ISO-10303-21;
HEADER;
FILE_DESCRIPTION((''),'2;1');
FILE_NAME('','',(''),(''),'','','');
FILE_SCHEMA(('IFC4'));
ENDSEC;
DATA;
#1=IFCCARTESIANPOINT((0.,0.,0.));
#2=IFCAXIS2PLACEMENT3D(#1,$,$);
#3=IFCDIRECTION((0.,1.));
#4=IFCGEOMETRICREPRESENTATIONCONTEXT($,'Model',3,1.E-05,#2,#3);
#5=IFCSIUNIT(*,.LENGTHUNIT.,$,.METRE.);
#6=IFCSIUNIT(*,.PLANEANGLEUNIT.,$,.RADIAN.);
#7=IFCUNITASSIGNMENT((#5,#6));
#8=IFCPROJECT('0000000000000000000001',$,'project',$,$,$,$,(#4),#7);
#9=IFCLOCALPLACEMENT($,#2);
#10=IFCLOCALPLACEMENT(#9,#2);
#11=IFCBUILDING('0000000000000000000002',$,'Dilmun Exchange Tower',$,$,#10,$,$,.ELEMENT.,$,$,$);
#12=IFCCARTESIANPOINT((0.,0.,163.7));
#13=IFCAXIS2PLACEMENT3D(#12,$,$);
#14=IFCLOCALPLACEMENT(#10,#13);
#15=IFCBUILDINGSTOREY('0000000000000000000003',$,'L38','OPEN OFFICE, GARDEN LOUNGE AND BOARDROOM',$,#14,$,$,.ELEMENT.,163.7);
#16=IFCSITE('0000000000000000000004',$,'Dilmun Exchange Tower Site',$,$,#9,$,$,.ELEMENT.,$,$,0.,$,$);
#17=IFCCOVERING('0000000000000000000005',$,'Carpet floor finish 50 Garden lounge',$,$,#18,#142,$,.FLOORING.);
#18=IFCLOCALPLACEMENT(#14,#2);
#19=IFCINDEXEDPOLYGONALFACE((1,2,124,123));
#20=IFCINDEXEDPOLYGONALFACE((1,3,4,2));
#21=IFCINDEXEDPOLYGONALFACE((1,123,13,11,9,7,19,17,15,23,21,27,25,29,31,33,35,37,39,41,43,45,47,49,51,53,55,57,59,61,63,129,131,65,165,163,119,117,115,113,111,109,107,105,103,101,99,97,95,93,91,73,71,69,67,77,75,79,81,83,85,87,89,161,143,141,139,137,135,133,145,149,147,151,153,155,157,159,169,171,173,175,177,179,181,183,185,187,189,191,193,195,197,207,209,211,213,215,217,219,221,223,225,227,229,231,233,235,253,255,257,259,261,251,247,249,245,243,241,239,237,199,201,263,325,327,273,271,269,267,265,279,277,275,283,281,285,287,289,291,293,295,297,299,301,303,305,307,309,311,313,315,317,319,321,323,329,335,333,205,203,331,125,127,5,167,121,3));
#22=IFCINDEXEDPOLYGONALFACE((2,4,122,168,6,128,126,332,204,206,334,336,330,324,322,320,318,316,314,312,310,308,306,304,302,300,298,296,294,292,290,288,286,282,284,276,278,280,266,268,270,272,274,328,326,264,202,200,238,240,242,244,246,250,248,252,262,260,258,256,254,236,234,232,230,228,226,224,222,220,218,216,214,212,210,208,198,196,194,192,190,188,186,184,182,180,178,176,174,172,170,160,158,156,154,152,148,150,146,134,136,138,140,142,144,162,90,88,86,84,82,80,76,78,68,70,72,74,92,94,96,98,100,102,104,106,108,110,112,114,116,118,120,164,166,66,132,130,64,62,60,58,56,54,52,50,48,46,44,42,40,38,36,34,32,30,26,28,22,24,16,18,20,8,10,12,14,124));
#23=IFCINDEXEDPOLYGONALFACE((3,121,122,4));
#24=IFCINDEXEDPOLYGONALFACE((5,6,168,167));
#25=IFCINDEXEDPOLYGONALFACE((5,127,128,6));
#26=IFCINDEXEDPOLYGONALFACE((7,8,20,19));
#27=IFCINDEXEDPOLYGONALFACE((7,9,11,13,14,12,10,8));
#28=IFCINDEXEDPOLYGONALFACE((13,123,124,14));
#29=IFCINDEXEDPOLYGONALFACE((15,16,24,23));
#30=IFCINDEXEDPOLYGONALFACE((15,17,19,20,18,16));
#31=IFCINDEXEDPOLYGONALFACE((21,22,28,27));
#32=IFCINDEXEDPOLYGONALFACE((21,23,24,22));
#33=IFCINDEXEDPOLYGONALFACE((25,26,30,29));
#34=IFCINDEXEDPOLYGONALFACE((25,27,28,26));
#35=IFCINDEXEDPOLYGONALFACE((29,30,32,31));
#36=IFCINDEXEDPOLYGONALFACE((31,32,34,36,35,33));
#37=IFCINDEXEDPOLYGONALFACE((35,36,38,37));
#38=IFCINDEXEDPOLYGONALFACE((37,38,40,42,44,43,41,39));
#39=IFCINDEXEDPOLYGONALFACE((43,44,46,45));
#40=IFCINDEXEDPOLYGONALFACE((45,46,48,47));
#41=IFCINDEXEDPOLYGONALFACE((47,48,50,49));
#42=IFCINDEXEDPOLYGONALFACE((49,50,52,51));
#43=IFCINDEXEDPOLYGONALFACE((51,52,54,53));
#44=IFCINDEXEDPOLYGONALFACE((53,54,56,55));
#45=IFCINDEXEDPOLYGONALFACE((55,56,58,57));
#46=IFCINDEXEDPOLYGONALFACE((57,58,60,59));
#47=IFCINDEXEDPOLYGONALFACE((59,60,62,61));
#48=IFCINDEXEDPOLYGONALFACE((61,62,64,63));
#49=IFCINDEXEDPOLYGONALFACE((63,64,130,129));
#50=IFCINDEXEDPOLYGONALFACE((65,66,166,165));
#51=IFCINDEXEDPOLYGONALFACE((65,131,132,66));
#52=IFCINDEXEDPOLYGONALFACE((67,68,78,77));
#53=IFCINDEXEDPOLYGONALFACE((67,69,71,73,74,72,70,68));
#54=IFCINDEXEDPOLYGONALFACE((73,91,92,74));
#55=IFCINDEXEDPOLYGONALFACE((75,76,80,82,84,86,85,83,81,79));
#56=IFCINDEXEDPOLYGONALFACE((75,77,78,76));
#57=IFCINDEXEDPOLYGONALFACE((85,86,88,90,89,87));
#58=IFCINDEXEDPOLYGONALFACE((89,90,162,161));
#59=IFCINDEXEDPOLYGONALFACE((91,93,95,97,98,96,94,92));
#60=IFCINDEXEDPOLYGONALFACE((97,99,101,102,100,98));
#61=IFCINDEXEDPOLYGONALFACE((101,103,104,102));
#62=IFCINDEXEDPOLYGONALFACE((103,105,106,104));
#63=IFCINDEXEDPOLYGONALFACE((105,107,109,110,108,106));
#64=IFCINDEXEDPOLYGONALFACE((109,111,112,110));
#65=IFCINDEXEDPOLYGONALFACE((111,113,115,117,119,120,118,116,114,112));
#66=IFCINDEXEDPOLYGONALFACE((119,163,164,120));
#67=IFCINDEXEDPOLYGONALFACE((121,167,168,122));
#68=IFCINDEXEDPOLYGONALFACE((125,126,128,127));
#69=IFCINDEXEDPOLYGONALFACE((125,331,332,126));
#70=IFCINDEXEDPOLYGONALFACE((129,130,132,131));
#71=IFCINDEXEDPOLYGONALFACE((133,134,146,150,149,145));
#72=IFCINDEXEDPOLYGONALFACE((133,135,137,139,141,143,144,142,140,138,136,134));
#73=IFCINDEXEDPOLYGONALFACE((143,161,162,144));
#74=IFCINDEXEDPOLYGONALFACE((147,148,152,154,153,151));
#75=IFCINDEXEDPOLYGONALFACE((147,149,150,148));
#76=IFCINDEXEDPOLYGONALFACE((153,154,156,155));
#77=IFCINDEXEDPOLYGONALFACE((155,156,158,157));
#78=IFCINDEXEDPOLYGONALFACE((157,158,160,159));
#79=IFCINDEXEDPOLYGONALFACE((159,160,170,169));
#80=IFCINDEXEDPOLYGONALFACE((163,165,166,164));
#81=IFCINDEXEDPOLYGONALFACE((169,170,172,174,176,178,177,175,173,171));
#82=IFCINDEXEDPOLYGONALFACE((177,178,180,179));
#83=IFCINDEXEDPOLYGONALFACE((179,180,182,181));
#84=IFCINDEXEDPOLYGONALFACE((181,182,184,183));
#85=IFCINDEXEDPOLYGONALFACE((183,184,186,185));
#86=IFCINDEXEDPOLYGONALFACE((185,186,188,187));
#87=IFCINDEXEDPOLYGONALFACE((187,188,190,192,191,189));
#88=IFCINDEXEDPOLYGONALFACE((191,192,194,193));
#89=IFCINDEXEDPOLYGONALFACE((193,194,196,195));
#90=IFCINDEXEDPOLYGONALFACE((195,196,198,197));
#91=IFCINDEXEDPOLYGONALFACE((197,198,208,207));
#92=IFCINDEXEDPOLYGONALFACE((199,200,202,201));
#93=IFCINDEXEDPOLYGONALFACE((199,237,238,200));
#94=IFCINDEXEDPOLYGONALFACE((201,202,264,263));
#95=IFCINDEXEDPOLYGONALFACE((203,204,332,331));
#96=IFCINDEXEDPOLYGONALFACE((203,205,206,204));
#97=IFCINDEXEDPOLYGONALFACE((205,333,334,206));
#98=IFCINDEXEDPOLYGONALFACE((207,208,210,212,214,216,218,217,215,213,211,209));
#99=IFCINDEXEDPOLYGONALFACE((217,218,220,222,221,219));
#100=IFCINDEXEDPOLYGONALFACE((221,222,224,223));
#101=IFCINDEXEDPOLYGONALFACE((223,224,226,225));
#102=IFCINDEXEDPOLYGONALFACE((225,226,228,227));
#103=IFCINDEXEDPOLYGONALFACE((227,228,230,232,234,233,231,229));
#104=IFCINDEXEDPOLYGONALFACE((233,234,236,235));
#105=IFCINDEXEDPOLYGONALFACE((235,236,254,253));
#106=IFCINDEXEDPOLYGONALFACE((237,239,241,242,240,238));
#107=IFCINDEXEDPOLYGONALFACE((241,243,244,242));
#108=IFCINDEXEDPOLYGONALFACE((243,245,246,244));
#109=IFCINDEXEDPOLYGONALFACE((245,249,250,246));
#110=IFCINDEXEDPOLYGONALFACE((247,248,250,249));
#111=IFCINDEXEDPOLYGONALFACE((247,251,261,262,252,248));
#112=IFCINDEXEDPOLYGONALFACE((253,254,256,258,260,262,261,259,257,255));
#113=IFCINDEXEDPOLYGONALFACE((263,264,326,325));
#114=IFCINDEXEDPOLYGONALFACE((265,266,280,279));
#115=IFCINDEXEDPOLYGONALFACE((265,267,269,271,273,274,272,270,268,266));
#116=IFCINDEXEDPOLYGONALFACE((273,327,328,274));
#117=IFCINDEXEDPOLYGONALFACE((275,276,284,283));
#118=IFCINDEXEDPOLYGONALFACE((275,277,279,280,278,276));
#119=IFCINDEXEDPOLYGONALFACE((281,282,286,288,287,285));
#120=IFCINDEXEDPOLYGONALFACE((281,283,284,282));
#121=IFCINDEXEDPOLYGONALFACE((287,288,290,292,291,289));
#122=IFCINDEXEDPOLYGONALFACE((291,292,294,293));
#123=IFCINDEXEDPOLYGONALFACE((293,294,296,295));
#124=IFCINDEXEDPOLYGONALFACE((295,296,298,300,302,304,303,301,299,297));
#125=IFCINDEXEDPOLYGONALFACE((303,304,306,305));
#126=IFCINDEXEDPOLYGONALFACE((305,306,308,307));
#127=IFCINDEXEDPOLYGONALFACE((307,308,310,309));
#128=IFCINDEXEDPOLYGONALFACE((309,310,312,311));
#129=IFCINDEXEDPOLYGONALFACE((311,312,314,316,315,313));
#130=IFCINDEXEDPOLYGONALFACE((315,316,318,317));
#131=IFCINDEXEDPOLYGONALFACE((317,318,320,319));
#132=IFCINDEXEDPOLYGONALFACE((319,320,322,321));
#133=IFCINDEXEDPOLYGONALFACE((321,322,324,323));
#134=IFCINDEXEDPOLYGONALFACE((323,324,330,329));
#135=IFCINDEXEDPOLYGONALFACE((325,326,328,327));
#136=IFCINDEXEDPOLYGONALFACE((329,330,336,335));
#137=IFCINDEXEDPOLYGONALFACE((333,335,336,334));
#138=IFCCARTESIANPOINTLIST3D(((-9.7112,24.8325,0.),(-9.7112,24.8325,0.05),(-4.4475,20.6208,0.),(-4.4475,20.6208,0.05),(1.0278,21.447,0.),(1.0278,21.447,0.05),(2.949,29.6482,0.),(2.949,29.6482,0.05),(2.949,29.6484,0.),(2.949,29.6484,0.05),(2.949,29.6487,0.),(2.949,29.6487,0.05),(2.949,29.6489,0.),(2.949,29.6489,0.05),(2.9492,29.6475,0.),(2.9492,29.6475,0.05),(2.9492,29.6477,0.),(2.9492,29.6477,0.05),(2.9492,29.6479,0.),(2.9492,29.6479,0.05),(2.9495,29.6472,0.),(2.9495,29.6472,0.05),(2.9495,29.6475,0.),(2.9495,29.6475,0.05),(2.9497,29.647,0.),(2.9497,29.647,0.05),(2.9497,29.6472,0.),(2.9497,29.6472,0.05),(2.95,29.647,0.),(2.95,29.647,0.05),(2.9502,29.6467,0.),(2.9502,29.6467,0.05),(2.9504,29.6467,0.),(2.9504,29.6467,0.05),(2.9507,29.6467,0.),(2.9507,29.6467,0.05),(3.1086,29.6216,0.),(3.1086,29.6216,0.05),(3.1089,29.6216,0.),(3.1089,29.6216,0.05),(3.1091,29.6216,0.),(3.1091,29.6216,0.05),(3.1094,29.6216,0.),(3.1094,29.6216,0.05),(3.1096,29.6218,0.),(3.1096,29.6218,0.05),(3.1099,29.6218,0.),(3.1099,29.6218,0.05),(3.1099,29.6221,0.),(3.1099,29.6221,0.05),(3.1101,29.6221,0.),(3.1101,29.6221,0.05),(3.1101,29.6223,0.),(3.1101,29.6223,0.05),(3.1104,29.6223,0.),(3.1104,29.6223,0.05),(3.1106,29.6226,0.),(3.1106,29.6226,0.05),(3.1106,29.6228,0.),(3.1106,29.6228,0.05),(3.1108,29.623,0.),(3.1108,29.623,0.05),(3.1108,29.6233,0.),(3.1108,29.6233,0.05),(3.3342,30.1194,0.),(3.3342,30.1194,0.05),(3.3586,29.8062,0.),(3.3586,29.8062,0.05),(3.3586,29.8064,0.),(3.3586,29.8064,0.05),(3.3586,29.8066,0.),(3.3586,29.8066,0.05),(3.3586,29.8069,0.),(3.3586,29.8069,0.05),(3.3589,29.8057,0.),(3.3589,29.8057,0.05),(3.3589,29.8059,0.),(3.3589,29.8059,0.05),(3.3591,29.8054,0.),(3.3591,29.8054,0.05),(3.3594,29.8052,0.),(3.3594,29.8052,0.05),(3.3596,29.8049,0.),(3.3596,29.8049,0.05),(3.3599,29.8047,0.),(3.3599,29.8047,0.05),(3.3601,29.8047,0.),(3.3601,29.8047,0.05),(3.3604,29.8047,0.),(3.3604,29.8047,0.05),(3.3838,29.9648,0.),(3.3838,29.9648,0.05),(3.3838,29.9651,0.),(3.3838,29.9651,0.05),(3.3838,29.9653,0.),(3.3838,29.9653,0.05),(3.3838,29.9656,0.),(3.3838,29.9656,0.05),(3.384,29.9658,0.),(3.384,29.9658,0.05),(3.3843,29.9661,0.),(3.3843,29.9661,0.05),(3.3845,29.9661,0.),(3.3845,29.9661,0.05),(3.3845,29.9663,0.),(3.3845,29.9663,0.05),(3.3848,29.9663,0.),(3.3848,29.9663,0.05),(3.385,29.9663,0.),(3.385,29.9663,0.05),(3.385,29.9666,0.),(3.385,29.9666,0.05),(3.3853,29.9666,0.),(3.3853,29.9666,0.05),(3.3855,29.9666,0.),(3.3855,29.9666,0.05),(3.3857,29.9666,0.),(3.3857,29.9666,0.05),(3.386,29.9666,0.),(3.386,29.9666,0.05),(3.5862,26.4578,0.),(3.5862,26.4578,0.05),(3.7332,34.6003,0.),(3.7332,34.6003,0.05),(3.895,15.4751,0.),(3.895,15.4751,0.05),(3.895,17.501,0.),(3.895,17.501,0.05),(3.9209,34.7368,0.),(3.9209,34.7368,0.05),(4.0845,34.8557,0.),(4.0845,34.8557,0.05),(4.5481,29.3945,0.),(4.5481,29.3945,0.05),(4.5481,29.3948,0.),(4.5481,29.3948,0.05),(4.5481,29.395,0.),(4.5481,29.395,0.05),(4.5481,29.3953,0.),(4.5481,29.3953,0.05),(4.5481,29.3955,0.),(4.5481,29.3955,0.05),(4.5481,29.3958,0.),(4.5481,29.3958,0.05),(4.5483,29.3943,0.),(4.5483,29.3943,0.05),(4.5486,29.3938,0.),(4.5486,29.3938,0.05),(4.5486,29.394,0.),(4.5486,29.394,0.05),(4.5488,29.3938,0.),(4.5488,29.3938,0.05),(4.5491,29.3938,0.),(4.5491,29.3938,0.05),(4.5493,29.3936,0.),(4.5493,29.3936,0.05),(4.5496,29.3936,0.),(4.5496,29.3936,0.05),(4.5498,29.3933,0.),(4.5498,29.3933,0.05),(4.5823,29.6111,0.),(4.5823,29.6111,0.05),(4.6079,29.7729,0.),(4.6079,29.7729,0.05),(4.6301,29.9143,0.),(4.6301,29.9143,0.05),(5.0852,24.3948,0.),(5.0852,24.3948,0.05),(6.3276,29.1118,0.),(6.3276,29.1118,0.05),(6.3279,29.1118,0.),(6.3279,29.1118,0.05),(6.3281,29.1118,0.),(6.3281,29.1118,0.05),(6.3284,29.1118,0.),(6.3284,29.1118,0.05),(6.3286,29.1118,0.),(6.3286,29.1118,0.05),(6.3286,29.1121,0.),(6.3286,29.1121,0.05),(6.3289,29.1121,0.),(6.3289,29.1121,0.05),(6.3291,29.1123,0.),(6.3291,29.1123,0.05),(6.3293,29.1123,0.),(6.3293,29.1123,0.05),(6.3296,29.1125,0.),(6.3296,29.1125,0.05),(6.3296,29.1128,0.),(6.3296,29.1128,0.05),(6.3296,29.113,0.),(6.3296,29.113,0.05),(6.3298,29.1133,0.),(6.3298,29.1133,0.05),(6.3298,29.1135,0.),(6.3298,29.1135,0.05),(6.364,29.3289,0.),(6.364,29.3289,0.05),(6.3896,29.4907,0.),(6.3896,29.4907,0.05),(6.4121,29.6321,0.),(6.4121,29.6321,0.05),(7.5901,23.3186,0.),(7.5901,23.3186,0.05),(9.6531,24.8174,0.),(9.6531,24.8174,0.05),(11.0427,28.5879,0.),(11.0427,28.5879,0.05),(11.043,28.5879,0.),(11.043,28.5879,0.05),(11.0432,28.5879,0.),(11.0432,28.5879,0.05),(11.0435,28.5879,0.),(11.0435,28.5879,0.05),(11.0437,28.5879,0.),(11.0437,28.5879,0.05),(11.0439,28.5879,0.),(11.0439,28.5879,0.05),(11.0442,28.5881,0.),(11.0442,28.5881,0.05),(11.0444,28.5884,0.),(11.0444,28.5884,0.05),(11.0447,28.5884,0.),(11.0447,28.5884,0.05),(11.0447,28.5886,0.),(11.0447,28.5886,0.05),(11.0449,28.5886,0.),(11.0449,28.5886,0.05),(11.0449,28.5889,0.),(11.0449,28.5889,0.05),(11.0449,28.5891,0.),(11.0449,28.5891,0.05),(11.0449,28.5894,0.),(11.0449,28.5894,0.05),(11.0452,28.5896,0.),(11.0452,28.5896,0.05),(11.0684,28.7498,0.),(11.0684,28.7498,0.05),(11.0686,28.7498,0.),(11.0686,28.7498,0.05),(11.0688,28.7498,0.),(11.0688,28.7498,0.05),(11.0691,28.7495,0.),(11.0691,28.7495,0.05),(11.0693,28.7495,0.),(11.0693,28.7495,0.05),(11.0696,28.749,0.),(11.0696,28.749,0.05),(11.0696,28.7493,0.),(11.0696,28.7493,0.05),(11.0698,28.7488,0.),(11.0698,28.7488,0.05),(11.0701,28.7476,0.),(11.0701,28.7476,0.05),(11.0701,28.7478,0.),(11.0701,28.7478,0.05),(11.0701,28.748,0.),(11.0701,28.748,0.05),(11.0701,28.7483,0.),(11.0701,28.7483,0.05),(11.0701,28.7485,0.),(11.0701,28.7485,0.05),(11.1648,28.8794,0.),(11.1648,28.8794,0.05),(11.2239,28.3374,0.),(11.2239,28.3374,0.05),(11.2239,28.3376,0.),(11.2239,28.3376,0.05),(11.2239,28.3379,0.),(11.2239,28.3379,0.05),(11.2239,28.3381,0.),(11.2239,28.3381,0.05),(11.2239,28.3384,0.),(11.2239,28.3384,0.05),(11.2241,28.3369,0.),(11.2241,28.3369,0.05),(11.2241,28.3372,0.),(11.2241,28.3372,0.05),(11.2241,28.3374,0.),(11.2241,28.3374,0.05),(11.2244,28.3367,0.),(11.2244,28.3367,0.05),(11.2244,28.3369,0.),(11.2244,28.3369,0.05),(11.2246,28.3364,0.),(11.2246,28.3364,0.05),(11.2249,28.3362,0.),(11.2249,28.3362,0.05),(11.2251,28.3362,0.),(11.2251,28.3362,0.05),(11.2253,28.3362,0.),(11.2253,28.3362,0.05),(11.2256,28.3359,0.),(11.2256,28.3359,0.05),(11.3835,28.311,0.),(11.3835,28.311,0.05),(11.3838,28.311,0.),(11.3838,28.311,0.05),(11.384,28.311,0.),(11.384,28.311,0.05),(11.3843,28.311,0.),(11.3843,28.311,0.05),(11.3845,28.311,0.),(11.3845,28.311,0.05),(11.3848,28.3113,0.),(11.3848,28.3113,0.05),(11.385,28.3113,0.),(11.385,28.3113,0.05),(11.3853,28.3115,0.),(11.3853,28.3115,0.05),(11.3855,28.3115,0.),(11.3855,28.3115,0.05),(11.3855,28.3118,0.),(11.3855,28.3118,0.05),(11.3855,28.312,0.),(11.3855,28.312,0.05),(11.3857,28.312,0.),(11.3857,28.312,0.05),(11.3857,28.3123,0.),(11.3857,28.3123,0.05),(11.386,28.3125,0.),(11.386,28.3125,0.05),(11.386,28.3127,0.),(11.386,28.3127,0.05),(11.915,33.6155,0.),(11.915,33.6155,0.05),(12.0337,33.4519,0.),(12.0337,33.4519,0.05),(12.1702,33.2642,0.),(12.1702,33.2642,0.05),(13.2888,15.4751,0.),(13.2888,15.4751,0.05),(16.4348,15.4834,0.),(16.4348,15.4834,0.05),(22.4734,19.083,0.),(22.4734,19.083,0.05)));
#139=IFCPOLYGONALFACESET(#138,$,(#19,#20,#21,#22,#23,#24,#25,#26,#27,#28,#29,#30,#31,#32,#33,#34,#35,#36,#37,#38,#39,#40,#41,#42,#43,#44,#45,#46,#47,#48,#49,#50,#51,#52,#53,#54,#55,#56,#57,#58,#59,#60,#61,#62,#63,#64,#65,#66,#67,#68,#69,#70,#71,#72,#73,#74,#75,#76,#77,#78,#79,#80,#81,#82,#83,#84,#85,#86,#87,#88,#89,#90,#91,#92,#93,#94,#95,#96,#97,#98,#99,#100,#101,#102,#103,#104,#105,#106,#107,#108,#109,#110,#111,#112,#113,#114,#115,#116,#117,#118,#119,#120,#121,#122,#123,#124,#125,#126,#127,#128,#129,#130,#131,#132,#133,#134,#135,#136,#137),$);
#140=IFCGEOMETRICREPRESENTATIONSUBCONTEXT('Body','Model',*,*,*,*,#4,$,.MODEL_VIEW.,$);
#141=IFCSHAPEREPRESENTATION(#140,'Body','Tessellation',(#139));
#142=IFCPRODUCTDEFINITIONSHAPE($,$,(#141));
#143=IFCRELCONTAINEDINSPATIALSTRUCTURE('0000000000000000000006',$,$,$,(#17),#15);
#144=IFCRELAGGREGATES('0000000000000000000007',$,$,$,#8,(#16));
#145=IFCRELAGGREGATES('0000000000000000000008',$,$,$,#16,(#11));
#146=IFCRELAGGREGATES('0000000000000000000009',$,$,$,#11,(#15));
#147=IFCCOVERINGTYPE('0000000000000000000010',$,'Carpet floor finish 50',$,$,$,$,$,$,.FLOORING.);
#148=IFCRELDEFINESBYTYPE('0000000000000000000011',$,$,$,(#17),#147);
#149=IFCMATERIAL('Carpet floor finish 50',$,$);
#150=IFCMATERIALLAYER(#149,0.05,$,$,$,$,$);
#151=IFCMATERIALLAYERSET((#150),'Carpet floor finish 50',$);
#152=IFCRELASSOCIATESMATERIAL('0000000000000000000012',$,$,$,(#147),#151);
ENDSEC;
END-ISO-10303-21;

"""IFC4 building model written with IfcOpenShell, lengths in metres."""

from ifc_helpers import new_model, si_unit, direction, frame, origin, place, context, subcontext, project, spatial, polyline, outline, extrude, material, layer, layer_set, type_object, element, save


model = new_model("IFC4")

# Units and contexts
model_context = context("Model", 3, precision=1e-05, world=origin(), true_north=direction((0.0, 1.0)))
body_context = subcontext(model_context, "Body", "Model", "MODEL_VIEW")
ifc_project = project(units=[si_unit("LENGTHUNIT", "METRE"), si_unit("PLANEANGLEUNIT", "RADIAN")], contexts=[model_context])

# Site, building, storey
site_placement = place(None, origin())
site = spatial("IfcSite", under=ifc_project, at=site_placement, Name="Dilmun Exchange Tower Site", CompositionType="ELEMENT", RefElevation=0.0)
building_placement = place(site_placement, origin())
building = spatial("IfcBuilding", under=site, at=building_placement, Name="Dilmun Exchange Tower", CompositionType="ELEMENT")
storey_placement = place(building_placement, frame((0.0, 0.0, 163.7)))
storey = spatial("IfcBuildingStorey", under=building, at=storey_placement, Name="L38", Description="OPEN OFFICE, GARDEN LOUNGE AND BOARDROOM", CompositionType="ELEMENT", Elevation=163.7)

# Covering
ifc_material_1 = material(Name="Carpet floor finish 50")
ifc_layer_1 = layer(ifc_material_1, 0.05)
ifc_layer_set_1 = layer_set([ifc_layer_1], Name="Carpet floor finish 50")
covering_type_1 = type_object("IfcCoveringType", Name="Carpet floor finish 50", PredefinedType="FLOORING", material=ifc_layer_set_1)
covering_1_placement = place(storey_placement, origin())
element("IfcCovering", 1, at=covering_1_placement, inside=storey, type_object=covering_type_1, Name="Carpet floor finish 50 Garden lounge", PredefinedType="FLOORING", context=body_context, shape_type="SweptSolid", body=[
    extrude(outline(polyline([(-9.7112, 24.8325), (3.7332, 34.6003), (2.949, 29.6489), (2.949, 29.6487), (2.949, 29.6487), (2.949, 29.6484), (2.949, 29.6482), (2.949, 29.6482), (2.9492, 29.6479), (2.9492, 29.6477), (2.9492, 29.6475), (2.9495, 29.6475), (2.9495, 29.6472), (2.9497, 29.6472), (2.9497, 29.647), (2.95, 29.647), (2.9502, 29.6467), (2.9504, 29.6467), (2.9507, 29.6467), (3.1086, 29.6216), (3.1089, 29.6216), (3.1089, 29.6216), (3.1091, 29.6216), (3.1094, 29.6216), (3.1096, 29.6218), (3.1099, 29.6218), (3.1099, 29.6221), (3.1101, 29.6221), (3.1101, 29.6223), (3.1104, 29.6223), (3.1106, 29.6226), (3.1106, 29.6226), (3.1106, 29.6228), (3.1108, 29.623), (3.1108, 29.6233), (3.1108, 29.6233), (3.9209, 34.7368), (4.0845, 34.8557), (3.3342, 30.1194), (4.6301, 29.9143), (4.6079, 29.7729), (3.386, 29.9666), (3.3857, 29.9666), (3.3855, 29.9666), (3.3855, 29.9666), (3.3853, 29.9666), (3.385, 29.9666), (3.385, 29.9663), (3.3848, 29.9663), (3.3845, 29.9663), (3.3845, 29.9661), (3.3843, 29.9661), (3.384, 29.9658), (3.384, 29.9658), (3.3838, 29.9656), (3.3838, 29.9653), (3.3838, 29.9651), (3.3838, 29.9648), (3.3586, 29.8069), (3.3586, 29.8066), (3.3586, 29.8064), (3.3586, 29.8064), (3.3586, 29.8062), (3.3589, 29.8059), (3.3589, 29.8057), (3.3589, 29.8057), (3.3591, 29.8054), (3.3591, 29.8054), (3.3594, 29.8052), (3.3596, 29.8049), (3.3596, 29.8049), (3.3599, 29.8047), (3.3601, 29.8047), (3.3601, 29.8047), (3.3604, 29.8047), (4.5823, 29.6111), (4.5481, 29.3958), (4.5481, 29.3955), (4.5481, 29.3953), (4.5481, 29.395), (4.5481, 29.395), (4.5481, 29.3948), (4.5481, 29.3945), (4.5483, 29.3943), (4.5483, 29.3943), (4.5486, 29.394), (4.5486, 29.3938), (4.5488, 29.3938), (4.5491, 29.3938), (4.5493, 29.3936), (4.5493, 29.3936), (4.5496, 29.3936), (4.5498, 29.3933), (6.3276, 29.1118), (6.3276, 29.1118), (6.3279, 29.1118), (6.3281, 29.1118), (6.3284, 29.1118), (6.3286, 29.1118), (6.3286, 29.1121), (6.3289, 29.1121), (6.3291, 29.1123), (6.3291, 29.1123), (6.3293, 29.1123), (6.3296, 29.1125), (6.3296, 29.1128), (6.3296, 29.1128), (6.3296, 29.113), (6.3298, 29.1133), (6.3298, 29.1135), (6.364, 29.3289), (11.0427, 28.5879), (11.043, 28.5879), (11.0432, 28.5879), (11.0435, 28.5879), (11.0437, 28.5879), (11.0437, 28.5879), (11.0439, 28.5879), (11.0442, 28.5881), (11.0442, 28.5881), (11.0444, 28.5884), (11.0447, 28.5884), (11.0447, 28.5886), (11.0449, 28.5886), (11.0449, 28.5889), (11.0449, 28.5891), (11.0449, 28.5894), (11.0452, 28.5896), (11.0701, 28.7476), (11.0701, 28.7478), (11.0701, 28.7478), (11.0701, 28.748), (11.0701, 28.7483), (11.0701, 28.7485), (11.0698, 28.7488), (11.0698, 28.7488), (11.0696, 28.749), (11.0696, 28.749), (11.0696, 28.7493), (11.0693, 28.7495), (11.0691, 28.7495), (11.0691, 28.7495), (11.0688, 28.7498), (11.0686, 28.7498), (11.0684, 28.7498), (6.3896, 29.4907), (6.4121, 29.6321), (11.1648, 28.8794), (11.915, 33.6155), (12.0337, 33.4519), (11.2239, 28.3384), (11.2239, 28.3381), (11.2239, 28.3379), (11.2239, 28.3376), (11.2239, 28.3374), (11.2241, 28.3374), (11.2241, 28.3372), (11.2241, 28.3369), (11.2244, 28.3369), (11.2244, 28.3367), (11.2246, 28.3364), (11.2246, 28.3364), (11.2249, 28.3362), (11.2251, 28.3362), (11.2251, 28.3362), (11.2253, 28.3362), (11.2256, 28.3359), (11.3835, 28.311), (11.3838, 28.311), (11.384, 28.311), (11.3843, 28.311), (11.3845, 28.311), (11.3845, 28.311), (11.3848, 28.3113), (11.385, 28.3113), (11.385, 28.3113), (11.3853, 28.3115), (11.3855, 28.3115), (11.3855, 28.3118), (11.3855, 28.312), (11.3857, 28.312), (11.3857, 28.3123), (11.386, 28.3125), (11.386, 28.3127), (12.1702, 33.2642), (22.4734, 19.083), (16.4348, 15.4834), (9.6531, 24.8174), (7.5901, 23.3186), (13.2888, 15.4751), (3.895, 15.4751), (3.895, 17.501), (1.0278, 21.447), (5.0852, 24.3948), (3.5862, 26.4578), (-4.4475, 20.6208), (-9.7112, 24.8325)])), origin(), (0.0, 0.0, 1.0), 0.05),
])

save(model, "model.ifc")
